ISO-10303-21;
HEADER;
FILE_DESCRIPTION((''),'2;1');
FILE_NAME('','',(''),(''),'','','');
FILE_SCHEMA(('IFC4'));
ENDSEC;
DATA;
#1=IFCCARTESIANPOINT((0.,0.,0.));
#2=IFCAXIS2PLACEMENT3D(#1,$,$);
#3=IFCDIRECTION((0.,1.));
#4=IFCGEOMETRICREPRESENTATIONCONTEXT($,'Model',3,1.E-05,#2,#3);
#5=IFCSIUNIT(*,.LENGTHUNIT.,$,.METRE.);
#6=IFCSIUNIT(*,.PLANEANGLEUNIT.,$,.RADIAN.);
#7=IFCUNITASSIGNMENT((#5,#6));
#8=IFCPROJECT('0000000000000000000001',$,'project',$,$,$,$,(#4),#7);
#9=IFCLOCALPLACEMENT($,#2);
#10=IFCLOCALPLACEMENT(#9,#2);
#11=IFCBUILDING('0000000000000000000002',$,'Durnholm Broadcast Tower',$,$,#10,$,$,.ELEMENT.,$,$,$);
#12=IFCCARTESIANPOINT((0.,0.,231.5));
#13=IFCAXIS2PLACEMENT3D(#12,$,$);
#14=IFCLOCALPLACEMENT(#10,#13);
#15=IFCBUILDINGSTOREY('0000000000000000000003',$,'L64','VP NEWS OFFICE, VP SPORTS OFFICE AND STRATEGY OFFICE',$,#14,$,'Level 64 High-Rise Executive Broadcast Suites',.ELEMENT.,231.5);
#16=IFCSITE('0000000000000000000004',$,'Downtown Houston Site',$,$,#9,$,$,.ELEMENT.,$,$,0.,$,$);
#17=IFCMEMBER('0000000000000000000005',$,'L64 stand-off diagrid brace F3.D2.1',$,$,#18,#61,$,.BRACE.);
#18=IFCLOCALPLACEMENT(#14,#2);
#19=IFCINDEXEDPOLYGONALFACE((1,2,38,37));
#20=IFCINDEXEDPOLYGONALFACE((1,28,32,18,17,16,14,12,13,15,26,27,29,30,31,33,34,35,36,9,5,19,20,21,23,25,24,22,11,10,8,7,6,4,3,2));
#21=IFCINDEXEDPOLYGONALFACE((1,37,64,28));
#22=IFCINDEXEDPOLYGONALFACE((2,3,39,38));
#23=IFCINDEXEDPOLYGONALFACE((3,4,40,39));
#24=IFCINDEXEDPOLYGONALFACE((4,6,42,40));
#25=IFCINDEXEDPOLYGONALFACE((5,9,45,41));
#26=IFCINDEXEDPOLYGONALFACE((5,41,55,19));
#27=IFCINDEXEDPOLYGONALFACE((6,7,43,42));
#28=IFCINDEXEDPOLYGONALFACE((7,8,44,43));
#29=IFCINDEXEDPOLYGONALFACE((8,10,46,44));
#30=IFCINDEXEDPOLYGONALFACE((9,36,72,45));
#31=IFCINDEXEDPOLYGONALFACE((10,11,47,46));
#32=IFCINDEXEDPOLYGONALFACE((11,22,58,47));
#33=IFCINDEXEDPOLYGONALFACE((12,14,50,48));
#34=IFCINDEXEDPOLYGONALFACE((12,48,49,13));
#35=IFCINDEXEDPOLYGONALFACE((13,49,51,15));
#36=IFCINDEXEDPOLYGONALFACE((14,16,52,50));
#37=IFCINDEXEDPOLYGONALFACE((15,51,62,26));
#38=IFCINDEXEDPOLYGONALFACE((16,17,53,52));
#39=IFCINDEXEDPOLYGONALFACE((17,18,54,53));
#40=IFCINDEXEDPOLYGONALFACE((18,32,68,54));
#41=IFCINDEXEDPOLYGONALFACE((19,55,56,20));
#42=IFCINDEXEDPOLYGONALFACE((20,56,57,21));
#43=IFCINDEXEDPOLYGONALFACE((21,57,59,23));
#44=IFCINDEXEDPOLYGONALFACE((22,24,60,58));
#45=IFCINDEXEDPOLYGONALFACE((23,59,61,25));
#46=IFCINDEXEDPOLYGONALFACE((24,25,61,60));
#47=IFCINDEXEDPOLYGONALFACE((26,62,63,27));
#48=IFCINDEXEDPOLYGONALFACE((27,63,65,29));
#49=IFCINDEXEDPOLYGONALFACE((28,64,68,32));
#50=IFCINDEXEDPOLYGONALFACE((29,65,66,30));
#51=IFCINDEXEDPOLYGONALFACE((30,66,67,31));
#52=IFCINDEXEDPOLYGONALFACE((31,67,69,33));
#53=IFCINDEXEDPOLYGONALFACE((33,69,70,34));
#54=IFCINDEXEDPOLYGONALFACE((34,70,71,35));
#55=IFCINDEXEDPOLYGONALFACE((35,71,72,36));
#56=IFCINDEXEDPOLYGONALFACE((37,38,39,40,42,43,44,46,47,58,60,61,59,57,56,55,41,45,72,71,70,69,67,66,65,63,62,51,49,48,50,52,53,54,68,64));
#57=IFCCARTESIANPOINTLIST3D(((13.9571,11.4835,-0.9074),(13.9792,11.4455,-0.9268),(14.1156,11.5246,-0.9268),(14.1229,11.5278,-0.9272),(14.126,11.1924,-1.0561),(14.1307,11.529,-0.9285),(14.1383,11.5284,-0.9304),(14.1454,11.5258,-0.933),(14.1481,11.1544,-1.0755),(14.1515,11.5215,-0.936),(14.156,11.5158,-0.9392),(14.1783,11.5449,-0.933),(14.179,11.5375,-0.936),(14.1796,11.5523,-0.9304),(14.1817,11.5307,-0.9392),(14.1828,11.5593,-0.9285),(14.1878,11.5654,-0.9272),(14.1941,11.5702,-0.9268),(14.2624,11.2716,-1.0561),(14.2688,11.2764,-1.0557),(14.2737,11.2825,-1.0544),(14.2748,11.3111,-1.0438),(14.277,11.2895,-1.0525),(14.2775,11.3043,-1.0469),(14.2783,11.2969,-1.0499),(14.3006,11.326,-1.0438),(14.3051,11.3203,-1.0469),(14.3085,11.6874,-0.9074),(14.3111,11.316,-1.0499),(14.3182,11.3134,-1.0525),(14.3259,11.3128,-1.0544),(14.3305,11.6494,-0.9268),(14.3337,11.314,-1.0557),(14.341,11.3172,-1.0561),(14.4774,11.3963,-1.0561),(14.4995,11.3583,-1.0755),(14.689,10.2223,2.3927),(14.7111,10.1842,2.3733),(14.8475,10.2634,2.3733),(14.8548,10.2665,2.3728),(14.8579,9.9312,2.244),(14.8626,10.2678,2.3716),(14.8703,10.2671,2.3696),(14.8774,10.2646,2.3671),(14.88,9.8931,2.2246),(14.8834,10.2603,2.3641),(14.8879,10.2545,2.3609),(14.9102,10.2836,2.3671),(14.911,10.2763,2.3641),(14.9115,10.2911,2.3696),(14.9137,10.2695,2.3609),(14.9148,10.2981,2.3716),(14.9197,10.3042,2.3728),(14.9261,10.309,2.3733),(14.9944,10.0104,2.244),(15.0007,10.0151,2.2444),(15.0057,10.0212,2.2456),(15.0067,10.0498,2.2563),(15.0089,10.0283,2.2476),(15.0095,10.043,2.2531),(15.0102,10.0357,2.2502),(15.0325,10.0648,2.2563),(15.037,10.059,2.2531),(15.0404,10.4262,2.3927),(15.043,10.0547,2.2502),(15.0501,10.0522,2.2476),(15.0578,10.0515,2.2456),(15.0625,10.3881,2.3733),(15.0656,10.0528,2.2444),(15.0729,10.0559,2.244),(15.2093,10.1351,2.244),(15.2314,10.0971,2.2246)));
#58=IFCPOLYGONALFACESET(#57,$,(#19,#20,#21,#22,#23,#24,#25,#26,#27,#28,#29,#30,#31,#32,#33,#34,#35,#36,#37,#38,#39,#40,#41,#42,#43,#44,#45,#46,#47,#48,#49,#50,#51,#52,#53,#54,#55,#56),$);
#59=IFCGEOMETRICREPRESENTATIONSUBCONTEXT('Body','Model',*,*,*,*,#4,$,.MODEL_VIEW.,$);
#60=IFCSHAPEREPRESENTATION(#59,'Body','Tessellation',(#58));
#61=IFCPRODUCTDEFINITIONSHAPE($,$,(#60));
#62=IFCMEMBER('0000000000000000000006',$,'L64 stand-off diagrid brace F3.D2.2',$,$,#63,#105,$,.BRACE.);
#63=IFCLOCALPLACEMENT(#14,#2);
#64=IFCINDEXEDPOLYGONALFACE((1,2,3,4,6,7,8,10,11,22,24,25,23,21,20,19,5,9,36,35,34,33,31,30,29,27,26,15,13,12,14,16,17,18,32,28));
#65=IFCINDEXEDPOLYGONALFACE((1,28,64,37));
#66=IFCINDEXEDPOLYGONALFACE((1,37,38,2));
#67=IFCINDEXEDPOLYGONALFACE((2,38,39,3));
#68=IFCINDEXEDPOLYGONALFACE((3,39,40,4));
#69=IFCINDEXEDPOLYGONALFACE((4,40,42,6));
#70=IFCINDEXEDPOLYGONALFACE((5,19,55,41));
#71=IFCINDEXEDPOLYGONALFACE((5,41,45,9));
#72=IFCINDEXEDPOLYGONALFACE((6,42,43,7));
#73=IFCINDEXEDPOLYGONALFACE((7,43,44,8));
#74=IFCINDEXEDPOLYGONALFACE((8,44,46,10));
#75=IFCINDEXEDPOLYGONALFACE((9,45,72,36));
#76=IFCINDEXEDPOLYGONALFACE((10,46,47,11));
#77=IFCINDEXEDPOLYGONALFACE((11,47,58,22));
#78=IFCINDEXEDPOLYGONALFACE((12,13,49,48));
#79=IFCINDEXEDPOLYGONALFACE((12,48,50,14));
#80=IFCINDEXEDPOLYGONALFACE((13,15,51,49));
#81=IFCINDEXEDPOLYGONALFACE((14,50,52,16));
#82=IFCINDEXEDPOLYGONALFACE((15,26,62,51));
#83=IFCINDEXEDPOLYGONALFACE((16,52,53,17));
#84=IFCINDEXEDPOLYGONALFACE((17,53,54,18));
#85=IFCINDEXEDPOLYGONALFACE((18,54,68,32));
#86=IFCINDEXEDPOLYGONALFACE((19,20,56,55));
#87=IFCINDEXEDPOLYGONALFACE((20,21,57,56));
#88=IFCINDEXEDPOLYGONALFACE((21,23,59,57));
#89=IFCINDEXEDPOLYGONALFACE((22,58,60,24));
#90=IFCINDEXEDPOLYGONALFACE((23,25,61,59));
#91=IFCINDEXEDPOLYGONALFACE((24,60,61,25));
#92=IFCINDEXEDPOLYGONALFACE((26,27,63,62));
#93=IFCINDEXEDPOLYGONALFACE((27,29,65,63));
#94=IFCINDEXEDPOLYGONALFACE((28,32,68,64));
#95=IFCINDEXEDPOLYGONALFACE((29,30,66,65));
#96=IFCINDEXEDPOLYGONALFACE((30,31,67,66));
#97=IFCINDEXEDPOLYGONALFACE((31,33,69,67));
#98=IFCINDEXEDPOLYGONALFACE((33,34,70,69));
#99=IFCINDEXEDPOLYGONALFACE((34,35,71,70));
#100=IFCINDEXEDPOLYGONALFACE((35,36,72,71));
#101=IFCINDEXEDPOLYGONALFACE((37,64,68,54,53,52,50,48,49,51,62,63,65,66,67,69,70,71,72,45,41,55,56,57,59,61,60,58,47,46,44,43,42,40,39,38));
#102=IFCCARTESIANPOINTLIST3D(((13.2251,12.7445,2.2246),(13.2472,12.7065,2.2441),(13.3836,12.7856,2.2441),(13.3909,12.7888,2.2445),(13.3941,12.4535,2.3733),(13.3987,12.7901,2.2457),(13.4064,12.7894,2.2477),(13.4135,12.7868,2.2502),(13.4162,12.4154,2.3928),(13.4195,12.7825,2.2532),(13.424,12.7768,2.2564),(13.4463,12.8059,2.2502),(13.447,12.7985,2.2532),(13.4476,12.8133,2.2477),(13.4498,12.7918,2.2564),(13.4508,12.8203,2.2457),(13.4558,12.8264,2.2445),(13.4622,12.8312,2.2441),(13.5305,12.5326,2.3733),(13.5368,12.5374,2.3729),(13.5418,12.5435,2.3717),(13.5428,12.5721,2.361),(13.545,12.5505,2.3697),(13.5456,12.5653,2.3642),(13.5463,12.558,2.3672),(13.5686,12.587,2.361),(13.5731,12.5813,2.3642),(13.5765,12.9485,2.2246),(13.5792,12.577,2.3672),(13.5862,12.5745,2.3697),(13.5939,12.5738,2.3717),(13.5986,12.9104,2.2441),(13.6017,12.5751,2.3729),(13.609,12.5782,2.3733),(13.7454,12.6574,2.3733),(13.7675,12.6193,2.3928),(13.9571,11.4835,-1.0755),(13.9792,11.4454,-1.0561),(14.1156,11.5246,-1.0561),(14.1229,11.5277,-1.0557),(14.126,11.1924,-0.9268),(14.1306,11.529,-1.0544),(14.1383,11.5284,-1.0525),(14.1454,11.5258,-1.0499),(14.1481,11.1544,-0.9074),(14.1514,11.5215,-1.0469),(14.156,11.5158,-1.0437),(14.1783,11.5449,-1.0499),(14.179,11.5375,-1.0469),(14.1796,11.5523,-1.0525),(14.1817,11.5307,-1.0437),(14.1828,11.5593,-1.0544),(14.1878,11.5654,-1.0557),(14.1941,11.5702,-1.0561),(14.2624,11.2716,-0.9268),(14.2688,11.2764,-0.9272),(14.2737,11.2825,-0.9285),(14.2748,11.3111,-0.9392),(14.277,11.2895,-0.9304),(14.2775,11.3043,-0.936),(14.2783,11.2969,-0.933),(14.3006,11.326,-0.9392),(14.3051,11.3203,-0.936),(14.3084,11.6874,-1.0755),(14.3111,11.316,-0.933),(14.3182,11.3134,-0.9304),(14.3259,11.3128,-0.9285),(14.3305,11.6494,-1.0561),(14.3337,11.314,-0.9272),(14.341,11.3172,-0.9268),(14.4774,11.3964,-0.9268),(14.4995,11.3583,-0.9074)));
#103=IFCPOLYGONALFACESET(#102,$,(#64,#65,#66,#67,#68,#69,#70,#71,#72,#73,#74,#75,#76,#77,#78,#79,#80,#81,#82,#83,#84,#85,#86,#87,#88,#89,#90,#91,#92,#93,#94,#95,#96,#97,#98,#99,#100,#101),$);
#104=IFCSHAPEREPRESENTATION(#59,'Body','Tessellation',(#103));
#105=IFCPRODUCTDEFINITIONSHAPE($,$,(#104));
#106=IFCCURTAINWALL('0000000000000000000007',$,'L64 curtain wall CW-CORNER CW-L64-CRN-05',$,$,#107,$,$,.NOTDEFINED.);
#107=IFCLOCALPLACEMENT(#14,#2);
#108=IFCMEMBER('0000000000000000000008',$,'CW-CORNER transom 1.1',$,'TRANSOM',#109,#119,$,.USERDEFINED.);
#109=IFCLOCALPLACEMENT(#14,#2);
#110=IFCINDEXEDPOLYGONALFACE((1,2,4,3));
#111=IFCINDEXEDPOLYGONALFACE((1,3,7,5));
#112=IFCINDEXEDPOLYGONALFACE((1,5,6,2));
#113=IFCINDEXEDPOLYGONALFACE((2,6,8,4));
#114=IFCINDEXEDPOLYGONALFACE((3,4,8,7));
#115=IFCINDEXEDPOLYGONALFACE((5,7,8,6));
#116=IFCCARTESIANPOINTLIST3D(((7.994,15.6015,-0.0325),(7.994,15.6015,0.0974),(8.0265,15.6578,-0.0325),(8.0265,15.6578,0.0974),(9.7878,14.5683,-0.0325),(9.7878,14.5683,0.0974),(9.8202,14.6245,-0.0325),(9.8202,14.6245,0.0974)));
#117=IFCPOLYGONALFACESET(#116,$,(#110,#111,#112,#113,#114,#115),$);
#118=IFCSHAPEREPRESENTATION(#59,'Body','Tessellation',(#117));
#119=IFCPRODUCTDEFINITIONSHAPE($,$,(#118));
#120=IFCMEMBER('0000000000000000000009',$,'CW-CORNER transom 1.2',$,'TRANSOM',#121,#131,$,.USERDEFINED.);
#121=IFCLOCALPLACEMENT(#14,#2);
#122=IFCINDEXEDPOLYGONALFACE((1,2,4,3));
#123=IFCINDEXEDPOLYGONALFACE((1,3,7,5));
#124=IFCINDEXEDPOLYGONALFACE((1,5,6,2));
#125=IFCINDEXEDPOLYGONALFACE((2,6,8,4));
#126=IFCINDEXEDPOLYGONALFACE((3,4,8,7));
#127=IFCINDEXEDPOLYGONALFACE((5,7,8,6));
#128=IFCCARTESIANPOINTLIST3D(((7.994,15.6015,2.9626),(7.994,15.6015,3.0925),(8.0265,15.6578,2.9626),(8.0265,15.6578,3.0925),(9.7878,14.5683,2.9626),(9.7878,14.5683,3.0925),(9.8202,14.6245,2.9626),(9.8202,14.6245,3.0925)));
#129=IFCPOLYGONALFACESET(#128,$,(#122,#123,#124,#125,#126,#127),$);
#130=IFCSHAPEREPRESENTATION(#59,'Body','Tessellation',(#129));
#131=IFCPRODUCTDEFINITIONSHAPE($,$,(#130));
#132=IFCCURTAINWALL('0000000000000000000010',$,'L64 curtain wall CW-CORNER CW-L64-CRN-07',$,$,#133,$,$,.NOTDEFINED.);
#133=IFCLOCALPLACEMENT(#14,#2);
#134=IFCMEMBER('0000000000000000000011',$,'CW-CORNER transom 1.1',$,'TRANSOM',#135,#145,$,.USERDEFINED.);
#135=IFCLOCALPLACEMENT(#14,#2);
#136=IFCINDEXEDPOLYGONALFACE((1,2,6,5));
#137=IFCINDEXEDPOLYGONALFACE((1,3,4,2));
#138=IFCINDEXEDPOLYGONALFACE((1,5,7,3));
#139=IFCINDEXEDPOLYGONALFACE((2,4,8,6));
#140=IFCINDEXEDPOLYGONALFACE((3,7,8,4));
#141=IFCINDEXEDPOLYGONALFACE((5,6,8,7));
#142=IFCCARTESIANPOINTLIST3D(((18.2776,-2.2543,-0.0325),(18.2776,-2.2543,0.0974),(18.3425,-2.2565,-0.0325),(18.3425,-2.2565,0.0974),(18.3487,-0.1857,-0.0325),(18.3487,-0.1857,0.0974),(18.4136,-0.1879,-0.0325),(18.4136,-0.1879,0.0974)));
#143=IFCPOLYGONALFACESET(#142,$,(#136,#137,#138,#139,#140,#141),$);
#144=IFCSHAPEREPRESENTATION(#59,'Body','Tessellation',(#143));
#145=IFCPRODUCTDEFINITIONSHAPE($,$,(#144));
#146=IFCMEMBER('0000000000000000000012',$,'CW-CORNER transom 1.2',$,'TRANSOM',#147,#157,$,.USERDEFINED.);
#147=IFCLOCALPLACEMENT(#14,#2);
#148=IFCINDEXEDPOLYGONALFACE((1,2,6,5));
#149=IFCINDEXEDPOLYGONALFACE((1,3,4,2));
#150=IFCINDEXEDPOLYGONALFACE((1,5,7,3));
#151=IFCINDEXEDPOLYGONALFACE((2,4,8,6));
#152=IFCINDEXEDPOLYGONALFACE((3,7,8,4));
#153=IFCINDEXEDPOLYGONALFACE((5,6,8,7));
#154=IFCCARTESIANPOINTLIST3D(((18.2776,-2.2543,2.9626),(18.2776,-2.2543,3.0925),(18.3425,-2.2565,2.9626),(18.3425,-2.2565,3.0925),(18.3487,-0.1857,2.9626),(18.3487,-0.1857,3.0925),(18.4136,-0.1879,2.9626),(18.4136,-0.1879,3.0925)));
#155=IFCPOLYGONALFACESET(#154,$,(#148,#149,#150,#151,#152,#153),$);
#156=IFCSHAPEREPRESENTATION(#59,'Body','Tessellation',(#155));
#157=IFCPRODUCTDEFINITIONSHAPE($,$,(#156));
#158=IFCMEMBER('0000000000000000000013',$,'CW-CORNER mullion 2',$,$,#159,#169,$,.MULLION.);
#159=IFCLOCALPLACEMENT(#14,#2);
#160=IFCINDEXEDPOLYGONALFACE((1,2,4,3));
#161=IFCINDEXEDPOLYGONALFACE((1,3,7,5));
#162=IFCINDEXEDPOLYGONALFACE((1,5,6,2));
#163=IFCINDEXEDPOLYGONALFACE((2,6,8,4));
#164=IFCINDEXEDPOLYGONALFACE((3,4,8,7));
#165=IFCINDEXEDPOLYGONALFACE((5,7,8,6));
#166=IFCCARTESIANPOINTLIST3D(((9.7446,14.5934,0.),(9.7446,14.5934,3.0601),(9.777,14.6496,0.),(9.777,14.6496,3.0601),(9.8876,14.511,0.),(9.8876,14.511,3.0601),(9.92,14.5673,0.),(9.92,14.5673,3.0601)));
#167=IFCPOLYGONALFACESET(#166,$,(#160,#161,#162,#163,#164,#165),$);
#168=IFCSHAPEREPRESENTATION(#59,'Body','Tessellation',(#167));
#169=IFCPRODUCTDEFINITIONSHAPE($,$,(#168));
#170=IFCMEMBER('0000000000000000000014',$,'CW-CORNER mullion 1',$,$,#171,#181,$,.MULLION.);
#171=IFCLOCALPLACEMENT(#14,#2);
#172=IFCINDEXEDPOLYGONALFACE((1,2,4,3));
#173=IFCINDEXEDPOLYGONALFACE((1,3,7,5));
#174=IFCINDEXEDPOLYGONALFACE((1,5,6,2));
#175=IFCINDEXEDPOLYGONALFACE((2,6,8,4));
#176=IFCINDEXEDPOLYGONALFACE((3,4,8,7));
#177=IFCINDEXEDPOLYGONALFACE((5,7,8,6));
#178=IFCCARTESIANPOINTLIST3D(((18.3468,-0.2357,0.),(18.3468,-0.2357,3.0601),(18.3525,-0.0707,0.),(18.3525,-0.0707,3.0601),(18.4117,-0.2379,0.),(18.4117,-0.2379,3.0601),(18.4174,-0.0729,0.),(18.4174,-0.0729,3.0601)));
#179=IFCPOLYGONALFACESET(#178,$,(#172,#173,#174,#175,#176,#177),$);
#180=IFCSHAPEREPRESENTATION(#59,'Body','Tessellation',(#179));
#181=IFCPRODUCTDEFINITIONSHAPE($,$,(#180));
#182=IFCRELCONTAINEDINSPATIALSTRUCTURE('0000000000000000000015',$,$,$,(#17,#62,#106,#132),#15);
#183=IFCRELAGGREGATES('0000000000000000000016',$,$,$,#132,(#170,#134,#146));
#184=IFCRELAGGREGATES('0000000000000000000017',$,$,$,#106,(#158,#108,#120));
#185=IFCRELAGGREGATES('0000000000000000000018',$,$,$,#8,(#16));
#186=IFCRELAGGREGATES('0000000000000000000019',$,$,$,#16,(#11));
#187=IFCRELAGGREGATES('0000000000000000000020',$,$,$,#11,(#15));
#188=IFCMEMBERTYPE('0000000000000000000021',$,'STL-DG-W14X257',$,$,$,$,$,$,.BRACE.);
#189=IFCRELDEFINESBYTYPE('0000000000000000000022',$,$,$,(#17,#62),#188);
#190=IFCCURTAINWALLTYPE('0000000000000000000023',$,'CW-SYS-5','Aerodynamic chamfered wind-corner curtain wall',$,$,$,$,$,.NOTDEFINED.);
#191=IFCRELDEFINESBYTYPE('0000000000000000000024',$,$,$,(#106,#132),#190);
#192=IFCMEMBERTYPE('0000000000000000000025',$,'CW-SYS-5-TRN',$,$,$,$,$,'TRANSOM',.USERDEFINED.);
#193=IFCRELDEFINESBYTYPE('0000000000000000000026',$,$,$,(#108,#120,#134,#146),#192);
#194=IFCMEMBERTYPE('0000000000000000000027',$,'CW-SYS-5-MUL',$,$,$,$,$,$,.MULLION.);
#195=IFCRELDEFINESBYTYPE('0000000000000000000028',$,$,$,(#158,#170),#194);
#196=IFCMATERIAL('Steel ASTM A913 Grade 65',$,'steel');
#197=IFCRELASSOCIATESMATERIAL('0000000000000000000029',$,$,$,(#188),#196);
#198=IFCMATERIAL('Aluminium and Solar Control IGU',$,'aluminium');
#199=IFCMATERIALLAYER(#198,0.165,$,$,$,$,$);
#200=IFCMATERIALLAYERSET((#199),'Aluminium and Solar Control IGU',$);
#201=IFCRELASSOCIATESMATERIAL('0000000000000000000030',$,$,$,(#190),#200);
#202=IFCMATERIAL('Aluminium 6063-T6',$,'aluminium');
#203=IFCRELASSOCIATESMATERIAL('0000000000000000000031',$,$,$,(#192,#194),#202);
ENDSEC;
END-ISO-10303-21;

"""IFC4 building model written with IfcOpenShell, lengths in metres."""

from ifc_helpers import new_model, si_unit, direction, frame, origin, origin_2d, place, context, subcontext, project, spatial, rectangle, i_section, extrude, source, transform, mapped, material, layer, layer_set, material_profile, profile_set, type_object, type_shapes, element, aggregate, save


model = new_model("IFC4")

# Units and contexts
model_context = context("Model", 3, precision=1e-05, world=origin(), true_north=direction((0.0, 1.0)))
body_context = subcontext(model_context, "Body", "Model", "MODEL_VIEW")
ifc_project = project(units=[si_unit("LENGTHUNIT", "METRE"), si_unit("PLANEANGLEUNIT", "RADIAN")], contexts=[model_context])

# Site, building, storey
site_placement = place(None, origin())
site = spatial("IfcSite", under=ifc_project, at=site_placement, Name="Downtown Houston Site", CompositionType="ELEMENT", RefElevation=0.0)
building_placement = place(site_placement, origin())
building = spatial("IfcBuilding", under=site, at=building_placement, Name="Durnholm Broadcast Tower", CompositionType="ELEMENT")
storey_placement = place(building_placement, frame((0.0, 0.0, 231.5)))
storey = spatial("IfcBuildingStorey", under=building, at=storey_placement, Name="L64", Description="VP NEWS OFFICE, VP SPORTS OFFICE AND STRATEGY OFFICE", LongName="Level 64 High-Rise Executive Broadcast Suites", CompositionType="ELEMENT", Elevation=231.5)

# Members
ifc_material_1 = material(Name="Steel ASTM A913 Grade 65", Category="steel")
ifc_material_profile_1 = material_profile(ifc_material_1, i_section(OverallWidth=0.4062, OverallDepth=0.416, WebThickness=0.0298, FlangeThickness=0.0481, FilletRadius=0.0305, at=origin_2d()), Name="W14X257")
ifc_profile_set_1 = profile_set([ifc_material_profile_1], Name="Steel ASTM A913 Grade 65")
member_type_1 = type_object("IfcMemberType", Name="STL-DG-W14X257", PredefinedType="BRACE", material=ifc_profile_set_1)
shared_shape_1 = source(origin(), body_context, "Body", "SweptSolid", [
    extrude(i_section(OverallWidth=0.4062, OverallDepth=0.416, WebThickness=0.0298, FlangeThickness=0.0481, FilletRadius=0.0305, at=origin_2d()), origin(), (0.0, 0.0, 1.0), 3.6079),
])
type_shapes(member_type_1, [shared_shape_1])
for number, where, z_axis, x_axis, name in (
    (1, (14.2283, 11.4209, -0.9915), (0.202871, -0.349577, 0.91468), (0.864906, 0.501934, 0.0), "L64 stand-off diagrid brace F3.D2.1"),
    (2, (14.2283, 11.4209, -0.9915), (-0.202876, 0.349518, 0.914701), (-0.864864, -0.502006, 0.0), "L64 stand-off diagrid brace F3.D2.2"),
):
    element("IfcMember", number, at=place(storey_placement, frame(where, z_axis=z_axis, x_axis=x_axis)), inside=storey, type_object=member_type_1, Name=name, PredefinedType="BRACE", context=body_context, shape_type="MappedRepresentation", body=[
        mapped(shared_shape_1, transform((0.0, 0.0, 0.0), x_axis=(1.0, 0.0, 0.0), y_axis=(0.0, 1.0, 0.0), z_axis=(0.0, 0.0, 1.0), scale=1.0)),
    ])

# Curtain walls, members
ifc_material_2 = material(Name="Aluminium and Solar Control IGU", Category="aluminium")
ifc_layer_1 = layer(ifc_material_2, 0.165)
ifc_layer_set_1 = layer_set([ifc_layer_1], Name="Aluminium and Solar Control IGU")
curtain_wall_type_1 = type_object("IfcCurtainWallType", Name="CW-SYS-5", Description="Aerodynamic chamfered wind-corner curtain wall", PredefinedType="NOTDEFINED", material=ifc_layer_set_1)
curtain_wall_1_placement = place(storey_placement, origin())
curtain_wall_1 = element("IfcCurtainWall", 3, at=curtain_wall_1_placement, inside=storey, type_object=curtain_wall_type_1, Name="L64 curtain wall CW-CORNER CW-L64-CRN-05", PredefinedType="NOTDEFINED")
ifc_material_3 = material(Name="Aluminium 6063-T6", Category="aluminium")
ifc_material_profile_2 = material_profile(ifc_material_3, rectangle(XDim=0.0649, YDim=0.1299, at=origin_2d()), Name="CWT65X130")
ifc_profile_set_2 = profile_set([ifc_material_profile_2], Name="Aluminium 6063-T6")
member_type_2 = type_object("IfcMemberType", Name="CW-SYS-5-TRN", ElementType="TRANSOM", PredefinedType="USERDEFINED", material=ifc_profile_set_2)
shared_shape_2 = source(origin(), body_context, "Body", "SweptSolid", [
    extrude(rectangle(XDim=0.0649, YDim=0.1299, at=origin_2d()), origin(), (0.0, 0.0, 1.0), 2.0701),
])
member_1_placement = place(storey_placement, frame((8.0103, 15.6296, 0.0325), z_axis=(0.866525, -0.499134, 0.0), x_axis=(0.499134, 0.866525, 0.0)))
member_1 = element("IfcMember", 4, at=member_1_placement, type_object=member_type_2, Name="CW-CORNER transom 1.1", ObjectType="TRANSOM", PredefinedType="USERDEFINED", context=body_context, shape_type="MappedRepresentation", body=[
    mapped(shared_shape_2, transform((0.0, 0.0, 0.0), x_axis=(1.0, 0.0, 0.0), y_axis=(0.0, 1.0, 0.0), z_axis=(0.0, 0.0, 1.0), scale=1.0)),
])
member_2_placement = place(storey_placement, frame((8.0103, 15.6296, 3.0276), z_axis=(0.866525, -0.499134, 0.0), x_axis=(0.499134, 0.866525, 0.0)))
member_2 = element("IfcMember", 5, at=member_2_placement, type_object=member_type_2, Name="CW-CORNER transom 1.2", ObjectType="TRANSOM", PredefinedType="USERDEFINED", context=body_context, shape_type="MappedRepresentation", body=[
    mapped(shared_shape_2, transform((0.0, 0.0, 0.0), x_axis=(1.0, 0.0, 0.0), y_axis=(0.0, 1.0, 0.0), z_axis=(0.0, 0.0, 1.0), scale=1.0)),
])
curtain_wall_2_placement = place(storey_placement, origin())
curtain_wall_2 = element("IfcCurtainWall", 6, at=curtain_wall_2_placement, inside=storey, type_object=curtain_wall_type_1, Name="L64 curtain wall CW-CORNER CW-L64-CRN-07", PredefinedType="NOTDEFINED")
shared_shape_3 = source(origin(), body_context, "Body", "SweptSolid", [
    extrude(rectangle(XDim=0.0649, YDim=0.1299, at=origin_2d()), origin(), (0.0, 0.0, 1.0), 2.0698),
])
type_shapes(member_type_2, [shared_shape_2, shared_shape_3])
member_3_placement = place(storey_placement, frame((18.3811, -0.1868, 0.0325), z_axis=(-0.034324, -0.999411, 0.0), x_axis=(0.999411, -0.034324, 0.0)))
member_3 = element("IfcMember", 7, at=member_3_placement, type_object=member_type_2, Name="CW-CORNER transom 1.1", ObjectType="TRANSOM", PredefinedType="USERDEFINED", context=body_context, shape_type="MappedRepresentation", body=[
    mapped(shared_shape_3, transform((0.0, 0.0, 0.0), x_axis=(1.0, 0.0, 0.0), y_axis=(0.0, 1.0, 0.0), z_axis=(0.0, 0.0, 1.0), scale=1.0)),
])
member_4_placement = place(storey_placement, frame((18.3811, -0.1868, 3.0276), z_axis=(-0.034324, -0.999411, 0.0), x_axis=(0.999411, -0.034324, 0.0)))
member_4 = element("IfcMember", 8, at=member_4_placement, type_object=member_type_2, Name="CW-CORNER transom 1.2", ObjectType="TRANSOM", PredefinedType="USERDEFINED", context=body_context, shape_type="MappedRepresentation", body=[
    mapped(shared_shape_3, transform((0.0, 0.0, 0.0), x_axis=(1.0, 0.0, 0.0), y_axis=(0.0, 1.0, 0.0), z_axis=(0.0, 0.0, 1.0), scale=1.0)),
])

# Members
ifc_material_profile_3 = material_profile(ifc_material_3, rectangle(XDim=0.0649, YDim=0.165, at=origin_2d()), Name="CWM65X165")
ifc_profile_set_3 = profile_set([ifc_material_profile_3], Name="Aluminium 6063-T6")
member_type_3 = type_object("IfcMemberType", Name="CW-SYS-5-MUL", PredefinedType="MULLION", material=ifc_profile_set_3)
shared_shape_4 = source(origin(), body_context, "Body", "SweptSolid", [
    extrude(rectangle(XDim=0.0649, YDim=0.165, at=origin_2d()), origin(), (0.0, 0.0, 1.0), 3.0601),
])
type_shapes(member_type_3, [shared_shape_4])
member_5_placement = place(storey_placement, frame((9.8323, 14.5803, 0.0), z_axis=(0.0, 0.0, 1.0), x_axis=(0.499059, 0.866568, 0.0)))
member_5 = element("IfcMember", 9, at=member_5_placement, type_object=member_type_3, Name="CW-CORNER mullion 2", PredefinedType="MULLION", context=body_context, shape_type="MappedRepresentation", body=[
    mapped(shared_shape_4, transform((0.0, 0.0, 0.0), x_axis=(1.0, 0.0, 0.0), y_axis=(0.0, 1.0, 0.0), z_axis=(0.0, 0.0, 1.0), scale=1.0)),
])
member_6_placement = place(storey_placement, frame((18.3821, -0.1543, 0.0), z_axis=(0.0, 0.0, 1.0), x_axis=(0.999411, -0.034318, 0.0)))
member_6 = element("IfcMember", 10, at=member_6_placement, type_object=member_type_3, Name="CW-CORNER mullion 1", PredefinedType="MULLION", context=body_context, shape_type="MappedRepresentation", body=[
    mapped(shared_shape_4, transform((0.0, 0.0, 0.0), x_axis=(1.0, 0.0, 0.0), y_axis=(0.0, 1.0, 0.0), z_axis=(0.0, 0.0, 1.0), scale=1.0)),
])
aggregate(curtain_wall_2, [member_6, member_3, member_4])

aggregate(curtain_wall_1, [member_5, member_1, member_2])

save(model, "model.ifc")
